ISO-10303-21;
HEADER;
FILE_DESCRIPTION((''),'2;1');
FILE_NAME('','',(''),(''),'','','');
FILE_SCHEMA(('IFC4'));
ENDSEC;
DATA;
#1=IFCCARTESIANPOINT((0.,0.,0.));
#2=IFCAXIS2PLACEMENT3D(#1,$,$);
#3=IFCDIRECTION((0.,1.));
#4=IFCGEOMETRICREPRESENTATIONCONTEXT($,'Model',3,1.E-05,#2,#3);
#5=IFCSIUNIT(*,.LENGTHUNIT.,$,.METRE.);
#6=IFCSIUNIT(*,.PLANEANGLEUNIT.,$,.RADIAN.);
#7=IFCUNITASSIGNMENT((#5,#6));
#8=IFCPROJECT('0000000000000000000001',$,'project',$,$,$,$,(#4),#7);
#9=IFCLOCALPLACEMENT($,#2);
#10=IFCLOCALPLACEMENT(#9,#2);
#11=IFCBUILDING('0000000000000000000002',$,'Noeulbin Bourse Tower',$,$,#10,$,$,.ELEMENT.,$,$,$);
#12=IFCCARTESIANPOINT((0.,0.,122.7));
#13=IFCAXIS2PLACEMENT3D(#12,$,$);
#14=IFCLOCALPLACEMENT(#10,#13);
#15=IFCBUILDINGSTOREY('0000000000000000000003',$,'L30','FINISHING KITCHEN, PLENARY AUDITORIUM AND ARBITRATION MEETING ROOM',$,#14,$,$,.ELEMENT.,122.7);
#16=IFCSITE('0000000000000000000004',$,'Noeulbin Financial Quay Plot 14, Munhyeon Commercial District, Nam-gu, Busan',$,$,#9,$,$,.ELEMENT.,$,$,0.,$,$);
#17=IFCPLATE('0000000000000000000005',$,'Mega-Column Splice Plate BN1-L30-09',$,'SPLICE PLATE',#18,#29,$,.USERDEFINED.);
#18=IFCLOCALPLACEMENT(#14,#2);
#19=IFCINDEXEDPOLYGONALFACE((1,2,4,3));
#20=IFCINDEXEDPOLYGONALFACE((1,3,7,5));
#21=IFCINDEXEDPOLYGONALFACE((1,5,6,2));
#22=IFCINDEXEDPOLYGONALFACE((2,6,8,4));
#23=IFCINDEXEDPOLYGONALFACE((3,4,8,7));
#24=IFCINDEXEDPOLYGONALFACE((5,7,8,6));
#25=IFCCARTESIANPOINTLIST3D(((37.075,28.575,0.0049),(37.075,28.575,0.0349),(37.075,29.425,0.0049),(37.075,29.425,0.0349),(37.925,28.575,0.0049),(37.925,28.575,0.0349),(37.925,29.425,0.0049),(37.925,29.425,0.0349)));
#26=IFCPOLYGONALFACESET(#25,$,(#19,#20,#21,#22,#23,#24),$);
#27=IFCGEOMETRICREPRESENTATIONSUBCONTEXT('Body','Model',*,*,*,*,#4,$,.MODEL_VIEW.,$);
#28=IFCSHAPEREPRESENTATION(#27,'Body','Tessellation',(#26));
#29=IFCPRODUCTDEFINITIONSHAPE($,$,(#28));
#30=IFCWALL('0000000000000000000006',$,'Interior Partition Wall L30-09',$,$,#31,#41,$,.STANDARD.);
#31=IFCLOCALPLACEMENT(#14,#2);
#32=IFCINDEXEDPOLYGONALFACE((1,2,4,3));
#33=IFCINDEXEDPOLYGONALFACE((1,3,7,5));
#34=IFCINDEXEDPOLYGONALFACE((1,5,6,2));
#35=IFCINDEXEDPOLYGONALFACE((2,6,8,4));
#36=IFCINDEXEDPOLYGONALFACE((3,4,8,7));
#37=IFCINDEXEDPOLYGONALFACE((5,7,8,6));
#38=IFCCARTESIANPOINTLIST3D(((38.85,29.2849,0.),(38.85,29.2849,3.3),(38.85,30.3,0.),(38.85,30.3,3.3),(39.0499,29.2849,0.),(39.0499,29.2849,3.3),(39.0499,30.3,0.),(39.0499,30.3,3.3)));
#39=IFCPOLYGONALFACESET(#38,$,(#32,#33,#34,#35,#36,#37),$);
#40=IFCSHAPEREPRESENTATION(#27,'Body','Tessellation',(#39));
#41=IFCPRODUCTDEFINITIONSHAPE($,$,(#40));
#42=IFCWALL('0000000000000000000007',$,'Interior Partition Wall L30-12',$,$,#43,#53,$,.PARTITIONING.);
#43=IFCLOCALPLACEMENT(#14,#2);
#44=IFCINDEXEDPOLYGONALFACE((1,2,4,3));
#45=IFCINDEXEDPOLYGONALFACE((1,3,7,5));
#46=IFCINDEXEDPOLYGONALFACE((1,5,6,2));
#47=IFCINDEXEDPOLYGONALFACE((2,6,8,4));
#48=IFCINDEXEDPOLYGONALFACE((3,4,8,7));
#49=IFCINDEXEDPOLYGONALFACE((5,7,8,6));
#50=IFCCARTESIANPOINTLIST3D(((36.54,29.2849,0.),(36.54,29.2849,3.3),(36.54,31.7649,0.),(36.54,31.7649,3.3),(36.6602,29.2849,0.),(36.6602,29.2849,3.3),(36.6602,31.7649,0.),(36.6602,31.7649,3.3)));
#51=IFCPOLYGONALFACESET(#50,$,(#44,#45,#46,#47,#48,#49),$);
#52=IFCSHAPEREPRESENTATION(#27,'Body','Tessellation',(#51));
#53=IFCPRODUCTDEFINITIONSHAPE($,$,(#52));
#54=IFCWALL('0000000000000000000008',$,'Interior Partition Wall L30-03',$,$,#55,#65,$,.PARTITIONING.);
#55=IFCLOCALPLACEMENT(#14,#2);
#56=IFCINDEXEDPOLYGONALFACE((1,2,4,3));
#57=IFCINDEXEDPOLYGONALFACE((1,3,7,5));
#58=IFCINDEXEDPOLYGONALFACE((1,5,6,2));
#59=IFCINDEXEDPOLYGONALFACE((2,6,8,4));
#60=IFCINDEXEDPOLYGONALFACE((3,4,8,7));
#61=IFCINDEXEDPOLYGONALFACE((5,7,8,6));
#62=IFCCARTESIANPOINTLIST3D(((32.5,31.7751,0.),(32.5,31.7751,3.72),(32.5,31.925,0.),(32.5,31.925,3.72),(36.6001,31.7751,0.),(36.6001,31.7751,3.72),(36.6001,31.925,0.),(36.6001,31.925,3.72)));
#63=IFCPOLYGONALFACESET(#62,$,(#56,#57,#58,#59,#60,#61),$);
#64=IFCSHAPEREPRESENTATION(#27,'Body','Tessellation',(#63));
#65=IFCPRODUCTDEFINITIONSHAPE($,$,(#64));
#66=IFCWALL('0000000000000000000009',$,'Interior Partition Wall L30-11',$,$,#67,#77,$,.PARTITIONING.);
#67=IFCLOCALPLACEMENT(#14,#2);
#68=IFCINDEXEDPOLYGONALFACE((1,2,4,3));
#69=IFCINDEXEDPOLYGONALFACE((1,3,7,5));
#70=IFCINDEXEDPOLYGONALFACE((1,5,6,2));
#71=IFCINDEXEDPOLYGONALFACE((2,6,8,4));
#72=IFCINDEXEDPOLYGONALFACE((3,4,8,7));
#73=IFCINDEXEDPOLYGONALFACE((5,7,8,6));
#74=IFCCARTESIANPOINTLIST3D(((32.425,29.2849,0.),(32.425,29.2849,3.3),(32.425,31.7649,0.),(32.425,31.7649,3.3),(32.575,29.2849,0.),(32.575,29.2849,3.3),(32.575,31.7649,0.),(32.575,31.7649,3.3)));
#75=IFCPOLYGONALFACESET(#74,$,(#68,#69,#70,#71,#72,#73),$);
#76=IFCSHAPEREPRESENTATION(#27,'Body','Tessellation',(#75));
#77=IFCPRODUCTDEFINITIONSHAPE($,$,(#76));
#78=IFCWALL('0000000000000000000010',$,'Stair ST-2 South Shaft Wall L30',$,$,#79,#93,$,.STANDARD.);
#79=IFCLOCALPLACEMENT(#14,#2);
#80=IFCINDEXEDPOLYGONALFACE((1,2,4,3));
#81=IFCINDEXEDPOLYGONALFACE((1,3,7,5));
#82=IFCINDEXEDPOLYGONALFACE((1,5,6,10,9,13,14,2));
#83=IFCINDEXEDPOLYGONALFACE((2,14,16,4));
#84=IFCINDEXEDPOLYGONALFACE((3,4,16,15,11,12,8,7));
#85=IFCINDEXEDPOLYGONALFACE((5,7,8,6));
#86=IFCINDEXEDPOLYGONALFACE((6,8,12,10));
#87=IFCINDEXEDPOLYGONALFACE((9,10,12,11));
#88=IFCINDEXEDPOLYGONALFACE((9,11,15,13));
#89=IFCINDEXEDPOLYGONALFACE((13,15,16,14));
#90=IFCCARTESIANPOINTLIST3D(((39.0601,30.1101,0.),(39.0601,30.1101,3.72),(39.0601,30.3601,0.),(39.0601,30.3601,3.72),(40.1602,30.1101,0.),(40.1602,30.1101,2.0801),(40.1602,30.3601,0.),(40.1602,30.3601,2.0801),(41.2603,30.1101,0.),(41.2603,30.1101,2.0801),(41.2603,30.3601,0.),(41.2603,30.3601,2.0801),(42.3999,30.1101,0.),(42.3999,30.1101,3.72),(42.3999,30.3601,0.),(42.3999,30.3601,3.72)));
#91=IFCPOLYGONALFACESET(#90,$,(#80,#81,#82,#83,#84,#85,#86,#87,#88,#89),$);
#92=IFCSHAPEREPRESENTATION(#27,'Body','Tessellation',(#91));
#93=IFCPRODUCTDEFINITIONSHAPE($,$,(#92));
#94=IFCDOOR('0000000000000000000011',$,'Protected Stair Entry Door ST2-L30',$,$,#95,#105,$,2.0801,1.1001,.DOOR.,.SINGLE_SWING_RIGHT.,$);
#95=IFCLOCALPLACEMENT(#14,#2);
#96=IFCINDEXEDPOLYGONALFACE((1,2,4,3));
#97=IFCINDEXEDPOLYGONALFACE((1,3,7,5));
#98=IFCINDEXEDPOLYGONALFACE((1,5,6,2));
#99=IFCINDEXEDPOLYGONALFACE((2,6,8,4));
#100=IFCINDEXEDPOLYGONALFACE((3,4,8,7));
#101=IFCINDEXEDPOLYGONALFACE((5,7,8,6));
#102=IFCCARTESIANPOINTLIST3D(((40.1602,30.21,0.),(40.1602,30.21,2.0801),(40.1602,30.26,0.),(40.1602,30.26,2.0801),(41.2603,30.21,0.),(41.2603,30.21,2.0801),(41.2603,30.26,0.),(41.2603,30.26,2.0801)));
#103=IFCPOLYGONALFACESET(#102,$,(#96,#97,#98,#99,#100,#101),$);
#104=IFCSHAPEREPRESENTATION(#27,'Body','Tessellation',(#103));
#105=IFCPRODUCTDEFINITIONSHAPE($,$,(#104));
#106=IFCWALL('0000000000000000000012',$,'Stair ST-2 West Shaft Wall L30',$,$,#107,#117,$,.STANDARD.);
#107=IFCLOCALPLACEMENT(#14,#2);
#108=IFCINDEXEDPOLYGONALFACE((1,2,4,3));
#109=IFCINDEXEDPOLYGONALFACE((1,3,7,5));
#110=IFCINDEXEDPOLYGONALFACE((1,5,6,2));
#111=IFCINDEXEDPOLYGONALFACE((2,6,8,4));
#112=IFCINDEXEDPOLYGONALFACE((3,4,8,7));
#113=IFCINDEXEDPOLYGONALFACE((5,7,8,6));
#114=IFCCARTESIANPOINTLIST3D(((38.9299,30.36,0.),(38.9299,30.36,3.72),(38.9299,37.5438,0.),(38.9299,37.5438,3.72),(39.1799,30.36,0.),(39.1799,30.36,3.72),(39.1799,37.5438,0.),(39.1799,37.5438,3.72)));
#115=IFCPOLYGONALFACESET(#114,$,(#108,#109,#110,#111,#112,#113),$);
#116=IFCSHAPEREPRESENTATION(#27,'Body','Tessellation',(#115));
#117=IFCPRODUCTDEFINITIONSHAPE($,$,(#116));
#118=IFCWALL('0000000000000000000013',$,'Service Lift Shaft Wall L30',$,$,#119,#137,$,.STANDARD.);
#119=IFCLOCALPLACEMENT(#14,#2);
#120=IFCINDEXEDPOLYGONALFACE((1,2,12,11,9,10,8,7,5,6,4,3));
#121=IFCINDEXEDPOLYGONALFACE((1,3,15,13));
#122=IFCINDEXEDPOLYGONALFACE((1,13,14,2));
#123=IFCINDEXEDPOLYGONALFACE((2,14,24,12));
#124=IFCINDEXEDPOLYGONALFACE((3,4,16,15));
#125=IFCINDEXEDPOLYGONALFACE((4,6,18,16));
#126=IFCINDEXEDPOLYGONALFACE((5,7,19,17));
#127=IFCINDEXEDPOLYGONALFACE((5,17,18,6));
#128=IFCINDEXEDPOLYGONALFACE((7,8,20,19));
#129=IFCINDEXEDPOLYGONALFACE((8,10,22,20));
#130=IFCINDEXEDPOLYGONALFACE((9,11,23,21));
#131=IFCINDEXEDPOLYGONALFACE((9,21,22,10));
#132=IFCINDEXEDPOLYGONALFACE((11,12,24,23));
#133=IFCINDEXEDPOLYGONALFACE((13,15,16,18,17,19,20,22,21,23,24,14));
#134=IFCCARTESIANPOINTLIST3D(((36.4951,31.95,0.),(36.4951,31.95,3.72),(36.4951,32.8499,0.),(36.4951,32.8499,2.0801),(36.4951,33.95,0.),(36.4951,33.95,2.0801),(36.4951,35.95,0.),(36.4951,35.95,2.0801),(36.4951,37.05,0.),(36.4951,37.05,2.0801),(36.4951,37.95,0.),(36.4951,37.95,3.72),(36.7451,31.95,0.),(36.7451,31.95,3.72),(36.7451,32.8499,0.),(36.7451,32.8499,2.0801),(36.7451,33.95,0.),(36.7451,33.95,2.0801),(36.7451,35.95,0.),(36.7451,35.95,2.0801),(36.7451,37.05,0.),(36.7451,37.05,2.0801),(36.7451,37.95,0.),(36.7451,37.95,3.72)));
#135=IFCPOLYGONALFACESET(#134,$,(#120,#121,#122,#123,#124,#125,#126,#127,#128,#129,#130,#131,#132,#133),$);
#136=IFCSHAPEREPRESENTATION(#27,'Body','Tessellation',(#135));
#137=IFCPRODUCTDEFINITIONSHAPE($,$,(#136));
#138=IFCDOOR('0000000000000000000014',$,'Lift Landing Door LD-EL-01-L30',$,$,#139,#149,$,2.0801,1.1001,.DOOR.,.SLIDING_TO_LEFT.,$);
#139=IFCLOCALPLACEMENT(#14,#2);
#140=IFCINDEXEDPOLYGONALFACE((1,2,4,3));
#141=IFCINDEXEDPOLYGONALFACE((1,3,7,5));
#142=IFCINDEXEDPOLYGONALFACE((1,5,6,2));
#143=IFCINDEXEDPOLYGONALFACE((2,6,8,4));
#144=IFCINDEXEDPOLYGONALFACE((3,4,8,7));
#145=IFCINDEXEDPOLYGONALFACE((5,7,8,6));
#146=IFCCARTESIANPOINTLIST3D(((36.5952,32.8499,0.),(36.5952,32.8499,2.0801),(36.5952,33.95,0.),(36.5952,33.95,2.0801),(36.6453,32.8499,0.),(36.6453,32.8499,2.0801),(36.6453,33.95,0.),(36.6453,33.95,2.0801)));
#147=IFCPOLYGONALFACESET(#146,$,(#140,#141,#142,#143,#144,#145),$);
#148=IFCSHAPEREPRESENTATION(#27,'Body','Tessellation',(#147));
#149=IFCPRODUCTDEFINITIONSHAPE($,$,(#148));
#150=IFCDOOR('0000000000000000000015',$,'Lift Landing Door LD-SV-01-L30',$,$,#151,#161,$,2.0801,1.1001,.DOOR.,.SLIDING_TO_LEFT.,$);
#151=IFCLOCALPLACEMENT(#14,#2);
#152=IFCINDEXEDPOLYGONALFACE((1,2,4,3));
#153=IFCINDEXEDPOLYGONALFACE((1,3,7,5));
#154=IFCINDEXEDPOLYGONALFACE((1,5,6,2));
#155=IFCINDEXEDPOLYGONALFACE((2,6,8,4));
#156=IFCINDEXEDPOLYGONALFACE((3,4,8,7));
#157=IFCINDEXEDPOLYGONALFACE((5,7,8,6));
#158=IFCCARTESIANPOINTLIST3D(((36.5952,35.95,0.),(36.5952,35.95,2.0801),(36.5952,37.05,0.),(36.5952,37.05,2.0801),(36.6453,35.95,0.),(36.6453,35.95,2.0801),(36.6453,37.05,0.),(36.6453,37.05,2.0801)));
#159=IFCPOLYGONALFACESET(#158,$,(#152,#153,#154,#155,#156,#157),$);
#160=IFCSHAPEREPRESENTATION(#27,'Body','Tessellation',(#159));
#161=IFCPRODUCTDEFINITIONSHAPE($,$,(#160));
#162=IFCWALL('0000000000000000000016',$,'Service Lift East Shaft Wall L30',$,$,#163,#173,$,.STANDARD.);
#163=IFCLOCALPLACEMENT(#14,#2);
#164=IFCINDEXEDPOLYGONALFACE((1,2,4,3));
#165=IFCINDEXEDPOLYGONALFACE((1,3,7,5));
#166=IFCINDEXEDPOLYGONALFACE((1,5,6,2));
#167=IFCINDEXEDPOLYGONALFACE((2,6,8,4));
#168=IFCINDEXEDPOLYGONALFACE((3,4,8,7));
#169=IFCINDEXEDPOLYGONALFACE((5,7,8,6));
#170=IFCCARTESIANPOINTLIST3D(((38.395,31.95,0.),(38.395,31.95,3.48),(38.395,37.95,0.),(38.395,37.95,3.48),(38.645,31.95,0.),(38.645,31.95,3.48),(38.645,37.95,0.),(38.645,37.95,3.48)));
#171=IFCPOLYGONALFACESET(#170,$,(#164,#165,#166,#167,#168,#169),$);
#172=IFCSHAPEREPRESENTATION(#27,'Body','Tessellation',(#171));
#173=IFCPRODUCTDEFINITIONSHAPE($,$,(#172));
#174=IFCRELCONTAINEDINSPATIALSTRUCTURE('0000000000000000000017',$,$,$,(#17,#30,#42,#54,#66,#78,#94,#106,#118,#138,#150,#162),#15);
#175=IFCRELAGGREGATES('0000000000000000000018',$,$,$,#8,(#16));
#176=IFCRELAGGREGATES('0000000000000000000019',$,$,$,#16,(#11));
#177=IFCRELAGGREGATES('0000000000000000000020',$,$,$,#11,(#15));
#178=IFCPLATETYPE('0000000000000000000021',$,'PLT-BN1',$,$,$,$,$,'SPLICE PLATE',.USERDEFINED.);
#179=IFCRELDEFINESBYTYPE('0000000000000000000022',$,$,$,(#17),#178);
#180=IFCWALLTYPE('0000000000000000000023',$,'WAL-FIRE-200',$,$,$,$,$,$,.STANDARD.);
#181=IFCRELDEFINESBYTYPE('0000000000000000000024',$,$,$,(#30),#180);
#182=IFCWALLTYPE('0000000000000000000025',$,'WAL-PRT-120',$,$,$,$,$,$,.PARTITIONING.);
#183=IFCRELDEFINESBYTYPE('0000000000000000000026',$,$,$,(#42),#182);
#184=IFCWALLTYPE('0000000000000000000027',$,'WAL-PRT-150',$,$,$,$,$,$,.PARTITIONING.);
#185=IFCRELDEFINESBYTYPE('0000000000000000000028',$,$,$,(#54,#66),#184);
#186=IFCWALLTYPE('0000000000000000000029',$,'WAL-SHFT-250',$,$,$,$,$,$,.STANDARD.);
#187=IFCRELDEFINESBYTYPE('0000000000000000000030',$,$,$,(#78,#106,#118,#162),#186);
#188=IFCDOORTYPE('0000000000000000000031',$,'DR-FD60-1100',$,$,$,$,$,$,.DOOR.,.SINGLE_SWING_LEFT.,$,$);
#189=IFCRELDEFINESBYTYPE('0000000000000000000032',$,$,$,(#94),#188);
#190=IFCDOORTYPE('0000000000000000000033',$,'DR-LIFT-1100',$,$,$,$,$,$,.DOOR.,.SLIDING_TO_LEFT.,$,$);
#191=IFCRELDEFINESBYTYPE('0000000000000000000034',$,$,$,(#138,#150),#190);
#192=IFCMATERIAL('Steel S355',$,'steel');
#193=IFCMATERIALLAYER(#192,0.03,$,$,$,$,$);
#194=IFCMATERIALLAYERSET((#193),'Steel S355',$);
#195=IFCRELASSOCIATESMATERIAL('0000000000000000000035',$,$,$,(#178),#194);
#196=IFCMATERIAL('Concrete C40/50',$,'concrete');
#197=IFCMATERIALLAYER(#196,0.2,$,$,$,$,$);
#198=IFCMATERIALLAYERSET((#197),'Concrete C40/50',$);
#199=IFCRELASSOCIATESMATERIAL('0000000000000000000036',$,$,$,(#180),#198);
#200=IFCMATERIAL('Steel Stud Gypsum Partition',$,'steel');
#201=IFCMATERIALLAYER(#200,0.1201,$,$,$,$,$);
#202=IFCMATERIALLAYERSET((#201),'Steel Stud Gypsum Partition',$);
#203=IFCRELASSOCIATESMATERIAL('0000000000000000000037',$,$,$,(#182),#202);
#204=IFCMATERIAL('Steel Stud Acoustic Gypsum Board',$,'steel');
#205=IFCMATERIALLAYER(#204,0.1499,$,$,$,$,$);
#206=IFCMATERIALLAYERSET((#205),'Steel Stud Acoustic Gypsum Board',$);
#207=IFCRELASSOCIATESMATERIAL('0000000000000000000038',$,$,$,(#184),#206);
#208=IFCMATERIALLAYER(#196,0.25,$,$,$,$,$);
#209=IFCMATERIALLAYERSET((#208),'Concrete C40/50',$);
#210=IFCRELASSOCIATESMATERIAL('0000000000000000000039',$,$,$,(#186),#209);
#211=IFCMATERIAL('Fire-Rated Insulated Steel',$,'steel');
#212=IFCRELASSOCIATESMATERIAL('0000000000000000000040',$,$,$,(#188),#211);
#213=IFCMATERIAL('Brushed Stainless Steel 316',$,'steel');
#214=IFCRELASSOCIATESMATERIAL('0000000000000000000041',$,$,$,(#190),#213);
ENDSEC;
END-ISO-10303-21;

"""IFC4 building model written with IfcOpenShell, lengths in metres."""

from ifc_helpers import new_model, si_unit, direction, frame, frame_2d, origin, origin_2d, place, context, subcontext, project, spatial, rectangle, extrude, material, layer, layer_set, type_object, element, fill, save


model = new_model("IFC4")

# Units and contexts
model_context = context("Model", 3, precision=1e-05, world=origin(), true_north=direction((0.0, 1.0)))
body_context = subcontext(model_context, "Body", "Model", "MODEL_VIEW")
ifc_project = project(units=[si_unit("LENGTHUNIT", "METRE"), si_unit("PLANEANGLEUNIT", "RADIAN")], contexts=[model_context])

# Site, building, storey
site_placement = place(None, origin())
site = spatial("IfcSite", under=ifc_project, at=site_placement, Name="Noeulbin Financial Quay Plot 14, Munhyeon Commercial District, Nam-gu, Busan", CompositionType="ELEMENT", RefElevation=0.0)
building_placement = place(site_placement, origin())
building = spatial("IfcBuilding", under=site, at=building_placement, Name="Noeulbin Bourse Tower", CompositionType="ELEMENT")
storey_placement = place(building_placement, frame((0.0, 0.0, 122.7)))
storey = spatial("IfcBuildingStorey", under=building, at=storey_placement, Name="L30", Description="FINISHING KITCHEN, PLENARY AUDITORIUM AND ARBITRATION MEETING ROOM", CompositionType="ELEMENT", Elevation=122.7)

# Shared definitions
ifc_material_1 = material(Name="Steel S355", Category="steel")

# Plate
ifc_layer_1 = layer(ifc_material_1, 0.03)
ifc_layer_set_1 = layer_set([ifc_layer_1], Name="Steel S355")
plate_type = type_object("IfcPlateType", Name="PLT-BN1", ElementType="SPLICE PLATE", PredefinedType="USERDEFINED", material=ifc_layer_set_1)
for number, where, z_axis, x_axis, name in (
    (1, (37.5, 29.0, 0.0049), (0.0, 0.0, 1.0), (1.0, 0.0, 0.0), "Mega-Column Splice Plate BN1-L30-09"),
):
    element("IfcPlate", number, at=place(storey_placement, frame(where, z_axis=z_axis, x_axis=x_axis)), inside=storey, type_object=plate_type, Name=name, ObjectType="SPLICE PLATE", PredefinedType="USERDEFINED", context=body_context, shape_type="SweptSolid", body=[
        extrude(rectangle(XDim=0.8501, YDim=0.8501, at=origin_2d()), origin(), (0.0, 0.0, 1.0), 0.03),
    ])

# Walls
ifc_material_2 = material(Name="Concrete C40/50", Category="concrete")
ifc_layer_2 = layer(ifc_material_2, 0.2)
ifc_layer_set_2 = layer_set([ifc_layer_2], Name="Concrete C40/50")
wall_type_1 = type_object("IfcWallType", Name="WAL-FIRE-200", PredefinedType="STANDARD", material=ifc_layer_set_2)
wall_1_placement = place(storey_placement, frame((38.95, 29.2849, 0.0), z_axis=(0.0, 0.0, 1.0), x_axis=(0.0, 1.0, 0.0)))
element("IfcWall", 2, at=wall_1_placement, inside=storey, type_object=wall_type_1, Name="Interior Partition Wall L30-09", PredefinedType="STANDARD", context=body_context, shape_type="SweptSolid", body=[
    extrude(rectangle(XDim=1.0151, YDim=0.2, at=frame_2d((0.5076, 0.0))), origin(), (0.0, 0.0, 1.0), 3.3),
])
ifc_material_3 = material(Name="Steel Stud Gypsum Partition", Category="steel")
ifc_layer_3 = layer(ifc_material_3, 0.1201)
ifc_layer_set_3 = layer_set([ifc_layer_3], Name="Steel Stud Gypsum Partition")
wall_type_2 = type_object("IfcWallType", Name="WAL-PRT-120", PredefinedType="PARTITIONING", material=ifc_layer_set_3)
wall_2_placement = place(storey_placement, frame((36.6001, 29.2849, 0.0), z_axis=(0.0, 0.0, 1.0), x_axis=(0.0, 1.0, 0.0)))
element("IfcWall", 3, at=wall_2_placement, inside=storey, type_object=wall_type_2, Name="Interior Partition Wall L30-12", PredefinedType="PARTITIONING", context=body_context, shape_type="SweptSolid", body=[
    extrude(rectangle(XDim=2.48, YDim=0.1201, at=frame_2d((1.24, 0.0))), origin(), (0.0, 0.0, 1.0), 3.3),
])
ifc_material_4 = material(Name="Steel Stud Acoustic Gypsum Board", Category="steel")
ifc_layer_4 = layer(ifc_material_4, 0.1499)
ifc_layer_set_4 = layer_set([ifc_layer_4], Name="Steel Stud Acoustic Gypsum Board")
wall_type_3 = type_object("IfcWallType", Name="WAL-PRT-150", PredefinedType="PARTITIONING", material=ifc_layer_set_4)
wall_3_placement = place(storey_placement, frame((32.5, 31.8501, 0.0), z_axis=(0.0, 0.0, 1.0), x_axis=(1.0, 0.0, 0.0)))
element("IfcWall", 4, at=wall_3_placement, inside=storey, type_object=wall_type_3, Name="Interior Partition Wall L30-03", PredefinedType="PARTITIONING", context=body_context, shape_type="SweptSolid", body=[
    extrude(rectangle(XDim=4.1001, YDim=0.1499, at=frame_2d((2.05, 0.0))), origin(), (0.0, 0.0, 1.0), 3.72),
])
wall_4_placement = place(storey_placement, frame((32.5, 29.2849, 0.0), z_axis=(0.0, 0.0, 1.0), x_axis=(0.0, 1.0, 0.0)))
element("IfcWall", 5, at=wall_4_placement, inside=storey, type_object=wall_type_3, Name="Interior Partition Wall L30-11", PredefinedType="PARTITIONING", context=body_context, shape_type="SweptSolid", body=[
    extrude(rectangle(XDim=2.48, YDim=0.1499, at=frame_2d((1.24, 0.0))), origin(), (0.0, 0.0, 1.0), 3.3),
])

# Wall, opening, door
ifc_layer_5 = layer(ifc_material_2, 0.25)
ifc_layer_set_5 = layer_set([ifc_layer_5], Name="Concrete C40/50")
wall_type_4 = type_object("IfcWallType", Name="WAL-SHFT-250", PredefinedType="STANDARD", material=ifc_layer_set_5)
wall_5_placement = place(storey_placement, frame((39.0601, 30.2351, 0.0), z_axis=(0.0, 0.0, 1.0), x_axis=(1.0, 0.0, 0.0)))
wall_5 = element("IfcWall", 6, at=wall_5_placement, inside=storey, type_object=wall_type_4, Name="Stair ST-2 South Shaft Wall L30", PredefinedType="STANDARD", context=body_context, shape_type="SweptSolid", body=[
    extrude(rectangle(XDim=3.3398, YDim=0.25, at=frame_2d((1.6699, 0.0))), origin(), (0.0, 0.0, 1.0), 3.72),
])
opening_1_placement = place(wall_5_placement, frame((1.1001, 0.0, 0.0)))
opening_1 = element("IfcOpeningElement", 7, at=opening_1_placement, cuts=wall_5, PredefinedType="OPENING", context=body_context, shape_type="SweptSolid", body=[
    extrude(rectangle(XDim=1.1001, YDim=2.0801, at=frame_2d((0.55, 1.04))), frame((0.0, 0.135, 0.0), z_axis=(0.0, -1.0, 0.0), x_axis=(1.0, 0.0, 0.0)), (0.0, 0.0, 1.0), 0.27),
])
ifc_material_5 = material(Name="Fire-Rated Insulated Steel", Category="steel")
door_type_1 = type_object("IfcDoorType", Name="DR-FD60-1100", OperationType="SINGLE_SWING_LEFT", PredefinedType="DOOR", material=ifc_material_5)
door_1_placement = place(opening_1_placement, origin())
door_1 = element("IfcDoor", 8, at=door_1_placement, inside=storey, type_object=door_type_1, Name="Protected Stair Entry Door ST2-L30", OperationType="SINGLE_SWING_RIGHT", OverallHeight=2.0801, OverallWidth=1.1001, PredefinedType="DOOR", context=body_context, shape_type="SweptSolid", body=[
    extrude(rectangle(XDim=1.1001, YDim=2.0801, at=frame_2d((0.55, 1.04))), frame((0.0, 0.0249, 0.0), z_axis=(0.0, -1.0, 0.0), x_axis=(1.0, 0.0, 0.0)), (0.0, 0.0, 1.0), 0.05),
])
fill(opening_1, door_1)

# Wall
wall_6_placement = place(storey_placement, frame((39.0549, 30.3601, 0.0), z_axis=(0.0, 0.0, 1.0), x_axis=(0.0, 1.0, 0.0)))
element("IfcWall", 9, at=wall_6_placement, inside=storey, type_object=wall_type_4, Name="Stair ST-2 West Shaft Wall L30", PredefinedType="STANDARD", context=body_context, shape_type="SweptSolid", body=[
    extrude(rectangle(XDim=7.1838, YDim=0.25, at=frame_2d((3.5918, 0.0))), origin(), (0.0, 0.0, 1.0), 3.72),
])

# Wall, openings, doors
wall_7_placement = place(storey_placement, frame((36.6201, 31.95, 0.0), z_axis=(0.0, 0.0, 1.0), x_axis=(0.0, 1.0, 0.0)))
wall_7 = element("IfcWall", 10, at=wall_7_placement, inside=storey, type_object=wall_type_4, Name="Service Lift Shaft Wall L30", PredefinedType="STANDARD", context=body_context, shape_type="SweptSolid", body=[
    extrude(rectangle(XDim=6.0, YDim=0.25, at=frame_2d((3.0, 0.0))), origin(), (0.0, 0.0, 1.0), 3.72),
])
opening_2_placement = place(wall_7_placement, frame((0.8999, 0.0, 0.0)))
opening_2 = element("IfcOpeningElement", 11, at=opening_2_placement, cuts=wall_7, PredefinedType="OPENING", context=body_context, shape_type="SweptSolid", body=[
    extrude(rectangle(XDim=1.1001, YDim=2.0801, at=frame_2d((0.55, 1.04))), frame((0.0, 0.135, 0.0), z_axis=(0.0, -1.0, 0.0), x_axis=(1.0, 0.0, 0.0)), (0.0, 0.0, 1.0), 0.27),
])
opening_3_placement = place(wall_7_placement, frame((4.0, 0.0, 0.0)))
opening_3 = element("IfcOpeningElement", 12, at=opening_3_placement, cuts=wall_7, PredefinedType="OPENING", context=body_context, shape_type="SweptSolid", body=[
    extrude(rectangle(XDim=1.1001, YDim=2.0801, at=frame_2d((0.55, 1.04))), frame((0.0, 0.135, 0.0), z_axis=(0.0, -1.0, 0.0), x_axis=(1.0, 0.0, 0.0)), (0.0, 0.0, 1.0), 0.27),
])
ifc_material_6 = material(Name="Brushed Stainless Steel 316", Category="steel")
door_type_2 = type_object("IfcDoorType", Name="DR-LIFT-1100", OperationType="SLIDING_TO_LEFT", PredefinedType="DOOR", material=ifc_material_6)
door_2_placement = place(opening_2_placement, origin())
door_2 = element("IfcDoor", 13, at=door_2_placement, inside=storey, type_object=door_type_2, Name="Lift Landing Door LD-EL-01-L30", OperationType="SLIDING_TO_LEFT", OverallHeight=2.0801, OverallWidth=1.1001, PredefinedType="DOOR", context=body_context, shape_type="SweptSolid", body=[
    extrude(rectangle(XDim=1.1001, YDim=2.0801, at=frame_2d((0.55, 1.04))), frame((0.0, 0.0249, 0.0), z_axis=(0.0, -1.0, 0.0), x_axis=(1.0, 0.0, 0.0)), (0.0, 0.0, 1.0), 0.05),
])
fill(opening_2, door_2)
door_3_placement = place(opening_3_placement, origin())
door_3 = element("IfcDoor", 14, at=door_3_placement, inside=storey, type_object=door_type_2, Name="Lift Landing Door LD-SV-01-L30", OperationType="SLIDING_TO_LEFT", OverallHeight=2.0801, OverallWidth=1.1001, PredefinedType="DOOR", context=body_context, shape_type="SweptSolid", body=[
    extrude(rectangle(XDim=1.1001, YDim=2.0801, at=frame_2d((0.55, 1.04))), frame((0.0, 0.0249, 0.0), z_axis=(0.0, -1.0, 0.0), x_axis=(1.0, 0.0, 0.0)), (0.0, 0.0, 1.0), 0.05),
])
fill(opening_3, door_3)

# Wall
wall_8_placement = place(storey_placement, frame((38.52, 31.95, 0.0), z_axis=(0.0, 0.0, 1.0), x_axis=(0.0, 1.0, 0.0)))
element("IfcWall", 15, at=wall_8_placement, inside=storey, type_object=wall_type_4, Name="Service Lift East Shaft Wall L30", PredefinedType="STANDARD", context=body_context, shape_type="SweptSolid", body=[
    extrude(rectangle(XDim=6.0, YDim=0.25, at=frame_2d((3.0, 0.0))), origin(), (0.0, 0.0, 1.0), 3.48),
])

save(model, "model.ifc")
